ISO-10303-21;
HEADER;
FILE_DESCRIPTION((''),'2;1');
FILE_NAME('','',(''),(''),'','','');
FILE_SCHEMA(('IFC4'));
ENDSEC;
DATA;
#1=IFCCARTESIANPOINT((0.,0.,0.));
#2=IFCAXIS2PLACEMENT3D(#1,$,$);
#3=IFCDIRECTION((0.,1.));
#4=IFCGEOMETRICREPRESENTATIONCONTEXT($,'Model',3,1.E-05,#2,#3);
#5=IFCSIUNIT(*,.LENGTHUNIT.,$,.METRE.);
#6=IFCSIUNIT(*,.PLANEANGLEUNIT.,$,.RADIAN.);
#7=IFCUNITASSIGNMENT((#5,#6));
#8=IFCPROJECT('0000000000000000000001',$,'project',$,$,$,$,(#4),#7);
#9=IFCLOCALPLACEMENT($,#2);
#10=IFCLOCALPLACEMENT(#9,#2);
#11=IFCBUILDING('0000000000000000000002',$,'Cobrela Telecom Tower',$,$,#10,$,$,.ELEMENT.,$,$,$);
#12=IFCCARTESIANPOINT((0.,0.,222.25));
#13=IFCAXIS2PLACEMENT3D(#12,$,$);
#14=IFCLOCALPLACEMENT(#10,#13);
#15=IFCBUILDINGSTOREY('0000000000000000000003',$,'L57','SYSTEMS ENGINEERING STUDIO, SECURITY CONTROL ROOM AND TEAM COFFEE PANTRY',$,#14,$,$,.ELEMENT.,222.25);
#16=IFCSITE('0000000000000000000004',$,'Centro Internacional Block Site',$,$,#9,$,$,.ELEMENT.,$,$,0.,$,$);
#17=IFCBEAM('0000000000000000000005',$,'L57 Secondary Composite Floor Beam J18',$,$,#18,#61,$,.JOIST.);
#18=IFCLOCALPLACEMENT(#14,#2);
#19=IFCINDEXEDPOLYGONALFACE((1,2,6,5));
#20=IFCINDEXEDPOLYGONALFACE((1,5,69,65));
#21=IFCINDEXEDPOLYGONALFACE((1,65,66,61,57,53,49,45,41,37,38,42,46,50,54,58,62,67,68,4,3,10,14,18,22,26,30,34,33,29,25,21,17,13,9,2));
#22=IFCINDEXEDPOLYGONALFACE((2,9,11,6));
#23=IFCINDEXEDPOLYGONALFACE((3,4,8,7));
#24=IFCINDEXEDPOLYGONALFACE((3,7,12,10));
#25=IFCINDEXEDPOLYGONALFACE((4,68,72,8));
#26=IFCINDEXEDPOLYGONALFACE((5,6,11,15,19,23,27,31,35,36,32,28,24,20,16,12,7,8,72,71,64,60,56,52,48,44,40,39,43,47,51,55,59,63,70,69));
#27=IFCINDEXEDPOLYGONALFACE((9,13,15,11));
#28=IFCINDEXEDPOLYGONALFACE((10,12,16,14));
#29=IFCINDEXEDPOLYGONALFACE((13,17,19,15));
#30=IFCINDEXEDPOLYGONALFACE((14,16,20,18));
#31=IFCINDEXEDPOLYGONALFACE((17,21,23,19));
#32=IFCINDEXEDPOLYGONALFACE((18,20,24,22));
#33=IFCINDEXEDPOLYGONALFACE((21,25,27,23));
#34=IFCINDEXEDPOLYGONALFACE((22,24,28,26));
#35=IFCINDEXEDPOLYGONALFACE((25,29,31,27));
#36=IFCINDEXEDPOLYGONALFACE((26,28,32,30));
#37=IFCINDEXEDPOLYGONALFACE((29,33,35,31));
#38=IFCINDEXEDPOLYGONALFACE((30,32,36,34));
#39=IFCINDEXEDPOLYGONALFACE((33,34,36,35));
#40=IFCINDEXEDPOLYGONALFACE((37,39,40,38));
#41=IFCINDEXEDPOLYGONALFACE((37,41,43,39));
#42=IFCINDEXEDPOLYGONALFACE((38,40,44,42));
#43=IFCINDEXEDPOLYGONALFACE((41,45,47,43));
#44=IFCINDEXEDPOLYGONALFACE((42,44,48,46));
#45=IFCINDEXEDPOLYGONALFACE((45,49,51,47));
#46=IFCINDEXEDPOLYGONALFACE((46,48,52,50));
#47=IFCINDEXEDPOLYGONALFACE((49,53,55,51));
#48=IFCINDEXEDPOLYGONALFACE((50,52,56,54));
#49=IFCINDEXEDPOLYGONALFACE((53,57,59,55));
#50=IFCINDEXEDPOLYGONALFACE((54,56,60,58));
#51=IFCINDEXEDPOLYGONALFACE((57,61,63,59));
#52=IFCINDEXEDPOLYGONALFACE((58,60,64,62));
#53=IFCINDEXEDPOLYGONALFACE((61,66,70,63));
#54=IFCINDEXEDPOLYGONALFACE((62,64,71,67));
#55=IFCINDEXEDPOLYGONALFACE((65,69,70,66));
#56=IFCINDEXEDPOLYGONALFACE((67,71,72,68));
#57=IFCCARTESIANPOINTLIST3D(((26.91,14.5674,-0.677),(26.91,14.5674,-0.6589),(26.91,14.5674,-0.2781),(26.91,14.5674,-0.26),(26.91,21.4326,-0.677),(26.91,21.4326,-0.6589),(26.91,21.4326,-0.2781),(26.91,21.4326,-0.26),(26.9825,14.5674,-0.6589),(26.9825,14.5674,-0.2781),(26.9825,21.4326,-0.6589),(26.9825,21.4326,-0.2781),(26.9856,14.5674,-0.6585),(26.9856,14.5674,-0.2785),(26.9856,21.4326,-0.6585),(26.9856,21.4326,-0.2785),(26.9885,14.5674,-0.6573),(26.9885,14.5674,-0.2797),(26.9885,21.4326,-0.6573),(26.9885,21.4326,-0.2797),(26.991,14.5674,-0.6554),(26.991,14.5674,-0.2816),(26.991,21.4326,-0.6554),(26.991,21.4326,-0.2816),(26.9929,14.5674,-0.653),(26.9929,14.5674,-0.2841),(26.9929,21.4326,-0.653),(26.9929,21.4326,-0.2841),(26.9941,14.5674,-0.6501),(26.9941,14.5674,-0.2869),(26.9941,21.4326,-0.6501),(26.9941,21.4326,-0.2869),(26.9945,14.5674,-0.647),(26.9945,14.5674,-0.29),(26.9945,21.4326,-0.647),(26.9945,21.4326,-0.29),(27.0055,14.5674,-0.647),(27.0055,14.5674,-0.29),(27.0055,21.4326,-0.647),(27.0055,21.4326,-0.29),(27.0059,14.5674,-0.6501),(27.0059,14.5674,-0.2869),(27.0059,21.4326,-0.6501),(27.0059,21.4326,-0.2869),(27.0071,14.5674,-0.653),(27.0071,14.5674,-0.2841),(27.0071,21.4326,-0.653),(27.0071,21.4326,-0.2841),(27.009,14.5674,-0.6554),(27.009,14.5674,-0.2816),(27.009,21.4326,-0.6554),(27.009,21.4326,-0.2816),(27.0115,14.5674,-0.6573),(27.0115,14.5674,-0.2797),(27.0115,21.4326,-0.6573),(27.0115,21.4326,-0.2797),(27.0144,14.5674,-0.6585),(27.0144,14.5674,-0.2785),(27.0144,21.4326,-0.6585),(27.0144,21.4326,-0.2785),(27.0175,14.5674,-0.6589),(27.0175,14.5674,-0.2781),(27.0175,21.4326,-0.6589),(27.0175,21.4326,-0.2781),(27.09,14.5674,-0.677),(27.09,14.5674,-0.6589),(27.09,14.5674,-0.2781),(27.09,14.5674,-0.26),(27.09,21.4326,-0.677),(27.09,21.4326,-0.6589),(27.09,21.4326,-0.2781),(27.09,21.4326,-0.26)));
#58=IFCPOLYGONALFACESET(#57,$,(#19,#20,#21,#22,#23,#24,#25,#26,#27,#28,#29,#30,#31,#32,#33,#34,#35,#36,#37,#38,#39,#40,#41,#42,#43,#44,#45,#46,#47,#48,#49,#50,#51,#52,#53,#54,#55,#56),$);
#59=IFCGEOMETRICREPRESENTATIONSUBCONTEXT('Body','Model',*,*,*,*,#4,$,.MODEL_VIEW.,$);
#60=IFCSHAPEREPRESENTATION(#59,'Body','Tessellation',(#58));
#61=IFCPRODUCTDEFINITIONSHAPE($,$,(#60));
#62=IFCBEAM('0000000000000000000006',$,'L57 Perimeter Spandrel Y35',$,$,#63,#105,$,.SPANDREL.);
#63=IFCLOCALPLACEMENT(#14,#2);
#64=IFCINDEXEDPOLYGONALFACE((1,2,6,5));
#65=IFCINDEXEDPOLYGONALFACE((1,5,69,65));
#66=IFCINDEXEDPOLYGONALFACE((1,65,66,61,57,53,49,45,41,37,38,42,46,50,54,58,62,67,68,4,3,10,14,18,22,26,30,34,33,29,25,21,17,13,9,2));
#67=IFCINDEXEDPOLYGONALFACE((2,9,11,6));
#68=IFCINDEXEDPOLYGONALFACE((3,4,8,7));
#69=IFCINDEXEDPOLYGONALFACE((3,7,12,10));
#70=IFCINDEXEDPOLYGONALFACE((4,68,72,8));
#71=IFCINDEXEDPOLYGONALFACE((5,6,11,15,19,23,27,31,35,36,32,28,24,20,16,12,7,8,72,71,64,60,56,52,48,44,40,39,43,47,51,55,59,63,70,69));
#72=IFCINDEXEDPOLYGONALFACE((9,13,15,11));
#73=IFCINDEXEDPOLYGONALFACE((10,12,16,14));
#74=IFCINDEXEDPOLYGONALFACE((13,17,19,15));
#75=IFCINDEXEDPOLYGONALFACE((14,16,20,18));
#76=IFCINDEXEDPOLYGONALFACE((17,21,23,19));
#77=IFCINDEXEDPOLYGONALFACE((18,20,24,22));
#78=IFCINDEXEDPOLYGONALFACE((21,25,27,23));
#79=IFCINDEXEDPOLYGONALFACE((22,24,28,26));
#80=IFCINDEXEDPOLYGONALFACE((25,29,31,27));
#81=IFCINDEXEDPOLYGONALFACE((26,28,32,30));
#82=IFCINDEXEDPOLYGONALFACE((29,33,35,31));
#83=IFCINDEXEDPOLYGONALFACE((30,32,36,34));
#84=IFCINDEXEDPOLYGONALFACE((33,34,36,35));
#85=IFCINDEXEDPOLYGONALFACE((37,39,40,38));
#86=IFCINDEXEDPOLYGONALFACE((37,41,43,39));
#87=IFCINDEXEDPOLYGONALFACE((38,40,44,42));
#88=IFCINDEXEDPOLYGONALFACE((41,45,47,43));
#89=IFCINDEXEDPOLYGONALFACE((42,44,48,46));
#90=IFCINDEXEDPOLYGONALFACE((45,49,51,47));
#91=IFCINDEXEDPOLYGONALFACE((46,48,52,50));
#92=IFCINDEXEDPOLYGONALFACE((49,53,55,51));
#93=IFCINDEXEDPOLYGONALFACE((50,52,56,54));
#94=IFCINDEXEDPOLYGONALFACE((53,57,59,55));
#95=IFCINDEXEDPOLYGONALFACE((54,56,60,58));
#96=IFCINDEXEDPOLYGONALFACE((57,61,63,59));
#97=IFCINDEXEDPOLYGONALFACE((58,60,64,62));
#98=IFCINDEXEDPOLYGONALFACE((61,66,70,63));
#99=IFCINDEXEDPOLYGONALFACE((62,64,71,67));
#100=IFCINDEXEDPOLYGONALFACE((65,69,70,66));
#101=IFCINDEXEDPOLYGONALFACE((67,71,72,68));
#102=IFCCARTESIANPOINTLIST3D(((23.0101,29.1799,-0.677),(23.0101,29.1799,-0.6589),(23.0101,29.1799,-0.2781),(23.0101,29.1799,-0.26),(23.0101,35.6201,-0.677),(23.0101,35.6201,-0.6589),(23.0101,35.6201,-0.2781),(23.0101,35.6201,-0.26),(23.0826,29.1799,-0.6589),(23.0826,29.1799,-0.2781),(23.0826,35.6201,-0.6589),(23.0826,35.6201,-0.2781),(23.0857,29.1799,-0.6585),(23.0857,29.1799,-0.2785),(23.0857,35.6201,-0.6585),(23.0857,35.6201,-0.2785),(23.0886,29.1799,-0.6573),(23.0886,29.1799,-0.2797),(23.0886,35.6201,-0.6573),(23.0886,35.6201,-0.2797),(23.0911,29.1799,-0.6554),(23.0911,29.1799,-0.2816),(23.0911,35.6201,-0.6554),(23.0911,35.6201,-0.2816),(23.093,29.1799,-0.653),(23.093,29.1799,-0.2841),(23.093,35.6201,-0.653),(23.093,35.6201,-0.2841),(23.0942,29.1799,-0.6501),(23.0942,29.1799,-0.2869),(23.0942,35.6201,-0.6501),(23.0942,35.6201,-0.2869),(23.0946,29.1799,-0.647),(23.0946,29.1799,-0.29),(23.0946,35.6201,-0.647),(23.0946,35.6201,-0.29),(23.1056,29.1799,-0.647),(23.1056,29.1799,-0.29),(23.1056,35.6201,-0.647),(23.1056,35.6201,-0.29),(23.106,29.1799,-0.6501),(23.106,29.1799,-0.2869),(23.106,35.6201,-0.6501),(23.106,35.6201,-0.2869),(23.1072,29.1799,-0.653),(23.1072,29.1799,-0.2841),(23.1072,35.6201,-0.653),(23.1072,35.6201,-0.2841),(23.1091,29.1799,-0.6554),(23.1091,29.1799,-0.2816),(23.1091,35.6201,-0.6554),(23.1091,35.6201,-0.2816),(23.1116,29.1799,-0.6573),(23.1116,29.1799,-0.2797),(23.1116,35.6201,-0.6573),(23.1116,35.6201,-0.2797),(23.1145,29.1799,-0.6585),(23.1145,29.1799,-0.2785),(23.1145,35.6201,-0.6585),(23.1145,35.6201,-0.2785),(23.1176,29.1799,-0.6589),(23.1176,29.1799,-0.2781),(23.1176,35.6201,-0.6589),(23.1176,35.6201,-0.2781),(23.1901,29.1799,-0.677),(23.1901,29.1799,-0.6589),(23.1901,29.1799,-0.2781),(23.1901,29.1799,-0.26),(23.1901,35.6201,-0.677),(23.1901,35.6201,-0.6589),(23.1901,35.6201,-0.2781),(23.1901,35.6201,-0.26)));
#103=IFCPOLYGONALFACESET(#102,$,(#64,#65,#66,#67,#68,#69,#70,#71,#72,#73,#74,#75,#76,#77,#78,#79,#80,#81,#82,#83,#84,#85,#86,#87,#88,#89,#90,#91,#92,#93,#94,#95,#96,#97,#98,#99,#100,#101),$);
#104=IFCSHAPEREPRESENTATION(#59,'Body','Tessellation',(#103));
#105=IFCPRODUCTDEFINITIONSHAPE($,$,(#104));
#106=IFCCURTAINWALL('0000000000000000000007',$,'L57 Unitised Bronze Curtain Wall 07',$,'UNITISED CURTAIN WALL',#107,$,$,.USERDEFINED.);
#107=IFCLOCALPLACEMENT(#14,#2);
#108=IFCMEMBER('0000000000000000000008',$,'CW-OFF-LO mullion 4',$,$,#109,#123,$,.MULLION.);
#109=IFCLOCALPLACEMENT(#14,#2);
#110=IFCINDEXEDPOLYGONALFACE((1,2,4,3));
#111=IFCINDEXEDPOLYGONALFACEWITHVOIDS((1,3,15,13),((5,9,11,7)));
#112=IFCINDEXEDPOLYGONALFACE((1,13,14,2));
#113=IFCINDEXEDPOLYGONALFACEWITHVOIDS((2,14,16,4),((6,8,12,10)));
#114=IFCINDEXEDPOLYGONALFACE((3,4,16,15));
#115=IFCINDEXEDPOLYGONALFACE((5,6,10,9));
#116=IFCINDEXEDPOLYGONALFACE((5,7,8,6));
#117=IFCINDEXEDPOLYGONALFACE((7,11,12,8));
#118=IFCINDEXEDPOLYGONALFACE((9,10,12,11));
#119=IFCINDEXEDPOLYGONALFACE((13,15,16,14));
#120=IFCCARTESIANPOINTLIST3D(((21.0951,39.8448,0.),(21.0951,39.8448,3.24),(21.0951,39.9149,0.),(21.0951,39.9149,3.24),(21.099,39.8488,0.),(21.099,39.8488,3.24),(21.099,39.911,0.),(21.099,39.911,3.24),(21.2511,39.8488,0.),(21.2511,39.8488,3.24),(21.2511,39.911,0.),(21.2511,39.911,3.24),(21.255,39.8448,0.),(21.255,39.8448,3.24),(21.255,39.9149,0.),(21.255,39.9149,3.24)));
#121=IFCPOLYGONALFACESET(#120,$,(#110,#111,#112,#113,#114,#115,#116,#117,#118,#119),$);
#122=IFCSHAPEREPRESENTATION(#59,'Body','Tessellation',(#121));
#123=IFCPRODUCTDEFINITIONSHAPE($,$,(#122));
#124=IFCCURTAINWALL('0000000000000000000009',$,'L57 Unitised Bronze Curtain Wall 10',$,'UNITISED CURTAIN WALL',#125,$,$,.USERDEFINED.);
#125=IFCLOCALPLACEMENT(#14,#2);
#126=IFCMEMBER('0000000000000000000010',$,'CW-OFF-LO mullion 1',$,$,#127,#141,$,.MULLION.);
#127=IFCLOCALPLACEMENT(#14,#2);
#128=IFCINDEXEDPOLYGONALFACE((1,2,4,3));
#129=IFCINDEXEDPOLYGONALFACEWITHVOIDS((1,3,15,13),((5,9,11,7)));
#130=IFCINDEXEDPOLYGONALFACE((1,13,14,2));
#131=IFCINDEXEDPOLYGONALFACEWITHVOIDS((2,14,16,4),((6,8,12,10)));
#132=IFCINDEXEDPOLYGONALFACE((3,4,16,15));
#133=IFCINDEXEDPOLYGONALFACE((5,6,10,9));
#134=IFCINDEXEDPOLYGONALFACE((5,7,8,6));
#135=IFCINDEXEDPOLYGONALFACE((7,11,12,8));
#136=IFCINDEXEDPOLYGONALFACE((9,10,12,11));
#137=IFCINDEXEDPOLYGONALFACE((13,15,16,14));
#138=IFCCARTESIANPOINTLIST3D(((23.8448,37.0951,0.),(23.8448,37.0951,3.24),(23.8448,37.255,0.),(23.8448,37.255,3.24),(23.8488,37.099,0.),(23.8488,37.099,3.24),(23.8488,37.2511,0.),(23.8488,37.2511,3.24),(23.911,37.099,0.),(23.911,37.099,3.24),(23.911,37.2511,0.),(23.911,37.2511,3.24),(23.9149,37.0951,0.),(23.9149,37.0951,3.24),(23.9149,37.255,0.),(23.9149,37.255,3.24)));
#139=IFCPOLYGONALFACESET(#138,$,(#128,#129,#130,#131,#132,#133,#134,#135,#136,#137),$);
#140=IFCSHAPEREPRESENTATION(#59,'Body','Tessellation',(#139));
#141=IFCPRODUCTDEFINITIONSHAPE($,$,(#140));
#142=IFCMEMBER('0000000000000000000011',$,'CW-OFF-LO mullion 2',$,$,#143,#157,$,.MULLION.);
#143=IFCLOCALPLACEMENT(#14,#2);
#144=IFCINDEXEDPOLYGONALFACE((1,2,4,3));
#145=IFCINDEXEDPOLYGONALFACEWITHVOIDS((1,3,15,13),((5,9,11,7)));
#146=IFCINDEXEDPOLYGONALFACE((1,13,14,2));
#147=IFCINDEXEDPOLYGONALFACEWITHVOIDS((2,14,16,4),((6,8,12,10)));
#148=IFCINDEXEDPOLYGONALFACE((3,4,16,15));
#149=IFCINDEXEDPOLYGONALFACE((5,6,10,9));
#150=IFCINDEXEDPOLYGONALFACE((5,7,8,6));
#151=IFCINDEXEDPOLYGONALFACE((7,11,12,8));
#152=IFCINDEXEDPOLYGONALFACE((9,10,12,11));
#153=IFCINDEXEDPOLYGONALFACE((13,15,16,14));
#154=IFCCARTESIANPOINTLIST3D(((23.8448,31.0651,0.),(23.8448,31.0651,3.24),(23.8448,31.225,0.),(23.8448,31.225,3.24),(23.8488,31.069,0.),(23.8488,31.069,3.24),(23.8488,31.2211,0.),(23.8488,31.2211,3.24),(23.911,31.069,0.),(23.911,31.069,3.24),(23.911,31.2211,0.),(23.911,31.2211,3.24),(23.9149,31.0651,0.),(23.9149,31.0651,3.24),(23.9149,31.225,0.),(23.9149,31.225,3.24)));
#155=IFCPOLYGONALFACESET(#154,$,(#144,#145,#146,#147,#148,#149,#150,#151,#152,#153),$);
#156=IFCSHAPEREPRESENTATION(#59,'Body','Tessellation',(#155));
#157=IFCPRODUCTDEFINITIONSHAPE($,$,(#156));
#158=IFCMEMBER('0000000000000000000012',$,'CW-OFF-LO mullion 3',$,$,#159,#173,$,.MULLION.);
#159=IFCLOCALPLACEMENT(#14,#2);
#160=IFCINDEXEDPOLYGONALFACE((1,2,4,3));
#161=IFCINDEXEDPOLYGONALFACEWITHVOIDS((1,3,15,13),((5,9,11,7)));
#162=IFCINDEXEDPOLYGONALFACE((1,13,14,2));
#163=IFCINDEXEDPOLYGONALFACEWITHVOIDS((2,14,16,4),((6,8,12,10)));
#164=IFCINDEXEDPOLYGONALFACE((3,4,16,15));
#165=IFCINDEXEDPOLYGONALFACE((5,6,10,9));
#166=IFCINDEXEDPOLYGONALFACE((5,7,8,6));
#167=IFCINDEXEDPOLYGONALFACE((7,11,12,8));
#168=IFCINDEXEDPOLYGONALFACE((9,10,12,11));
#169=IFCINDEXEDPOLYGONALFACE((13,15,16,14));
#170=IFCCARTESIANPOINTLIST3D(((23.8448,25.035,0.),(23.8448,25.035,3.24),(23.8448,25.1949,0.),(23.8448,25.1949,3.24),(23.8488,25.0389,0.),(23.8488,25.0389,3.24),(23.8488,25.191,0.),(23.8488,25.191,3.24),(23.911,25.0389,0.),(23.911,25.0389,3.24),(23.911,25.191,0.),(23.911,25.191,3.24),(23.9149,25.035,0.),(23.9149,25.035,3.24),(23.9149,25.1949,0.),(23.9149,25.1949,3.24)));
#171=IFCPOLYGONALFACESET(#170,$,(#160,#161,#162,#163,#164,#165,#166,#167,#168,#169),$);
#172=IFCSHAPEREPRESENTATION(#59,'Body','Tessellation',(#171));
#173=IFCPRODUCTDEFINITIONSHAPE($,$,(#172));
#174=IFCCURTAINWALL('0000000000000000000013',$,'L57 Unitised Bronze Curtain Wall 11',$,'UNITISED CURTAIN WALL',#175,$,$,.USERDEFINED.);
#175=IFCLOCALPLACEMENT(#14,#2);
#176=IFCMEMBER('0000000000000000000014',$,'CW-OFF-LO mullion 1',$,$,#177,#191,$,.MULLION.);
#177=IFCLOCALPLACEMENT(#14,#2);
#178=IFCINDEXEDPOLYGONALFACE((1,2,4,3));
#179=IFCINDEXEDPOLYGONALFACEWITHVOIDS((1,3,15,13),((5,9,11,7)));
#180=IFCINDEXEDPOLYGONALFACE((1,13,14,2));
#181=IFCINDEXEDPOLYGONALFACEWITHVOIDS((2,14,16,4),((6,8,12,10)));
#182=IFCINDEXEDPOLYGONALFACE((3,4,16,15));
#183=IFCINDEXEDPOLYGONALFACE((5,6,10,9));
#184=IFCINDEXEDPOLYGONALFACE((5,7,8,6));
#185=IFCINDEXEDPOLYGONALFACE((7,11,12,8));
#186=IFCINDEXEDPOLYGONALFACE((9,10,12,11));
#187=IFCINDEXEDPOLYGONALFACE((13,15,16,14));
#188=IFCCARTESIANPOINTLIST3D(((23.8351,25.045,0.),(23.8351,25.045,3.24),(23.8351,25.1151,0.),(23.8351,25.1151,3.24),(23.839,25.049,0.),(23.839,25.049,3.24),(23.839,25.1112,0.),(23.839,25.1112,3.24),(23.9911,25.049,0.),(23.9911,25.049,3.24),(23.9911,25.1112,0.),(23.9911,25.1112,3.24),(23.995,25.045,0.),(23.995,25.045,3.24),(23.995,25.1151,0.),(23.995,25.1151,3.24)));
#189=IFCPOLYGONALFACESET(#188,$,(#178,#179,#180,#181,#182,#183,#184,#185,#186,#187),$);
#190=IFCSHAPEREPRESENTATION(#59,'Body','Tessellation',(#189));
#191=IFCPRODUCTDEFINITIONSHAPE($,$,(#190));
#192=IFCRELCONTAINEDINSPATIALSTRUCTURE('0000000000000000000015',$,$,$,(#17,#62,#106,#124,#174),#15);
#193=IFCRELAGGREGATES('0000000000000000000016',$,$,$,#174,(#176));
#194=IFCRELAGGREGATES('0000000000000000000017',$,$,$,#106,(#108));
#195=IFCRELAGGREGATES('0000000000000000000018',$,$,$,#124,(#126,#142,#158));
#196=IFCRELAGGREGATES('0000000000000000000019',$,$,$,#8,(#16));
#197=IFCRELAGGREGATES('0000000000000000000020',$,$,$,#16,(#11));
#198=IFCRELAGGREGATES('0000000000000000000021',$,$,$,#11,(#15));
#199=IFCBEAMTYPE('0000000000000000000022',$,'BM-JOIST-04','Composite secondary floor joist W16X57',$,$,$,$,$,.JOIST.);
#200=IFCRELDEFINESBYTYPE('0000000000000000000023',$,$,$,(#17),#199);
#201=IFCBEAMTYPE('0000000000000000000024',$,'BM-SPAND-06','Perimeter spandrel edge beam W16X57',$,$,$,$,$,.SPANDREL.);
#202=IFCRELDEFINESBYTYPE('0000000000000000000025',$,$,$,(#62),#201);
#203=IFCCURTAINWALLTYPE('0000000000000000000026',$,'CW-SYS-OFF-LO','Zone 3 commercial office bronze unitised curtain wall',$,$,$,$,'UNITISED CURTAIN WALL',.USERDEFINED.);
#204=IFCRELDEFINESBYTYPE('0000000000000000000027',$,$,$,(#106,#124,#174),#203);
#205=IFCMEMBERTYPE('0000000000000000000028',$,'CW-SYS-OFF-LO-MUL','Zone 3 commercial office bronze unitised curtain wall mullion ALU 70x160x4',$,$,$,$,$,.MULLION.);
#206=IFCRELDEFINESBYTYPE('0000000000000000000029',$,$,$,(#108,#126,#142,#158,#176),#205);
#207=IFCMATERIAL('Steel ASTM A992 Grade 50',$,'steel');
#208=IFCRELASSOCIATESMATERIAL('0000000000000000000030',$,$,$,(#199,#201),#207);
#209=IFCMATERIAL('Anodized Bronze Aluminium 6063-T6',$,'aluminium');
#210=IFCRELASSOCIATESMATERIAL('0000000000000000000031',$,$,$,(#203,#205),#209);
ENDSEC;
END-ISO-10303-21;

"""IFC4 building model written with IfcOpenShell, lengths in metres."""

from ifc_helpers import new_model, si_unit, direction, frame, origin, origin_2d, place, context, subcontext, project, spatial, hollow_rectangle, i_section, extrude, material, material_profile, profile_set, type_object, element, aggregate, save


model = new_model("IFC4")

# Units and contexts
model_context = context("Model", 3, precision=1e-05, world=origin(), true_north=direction((0.0, 1.0)))
body_context = subcontext(model_context, "Body", "Model", "MODEL_VIEW")
ifc_project = project(units=[si_unit("LENGTHUNIT", "METRE"), si_unit("PLANEANGLEUNIT", "RADIAN")], contexts=[model_context])

# Site, building, storey
site_placement = place(None, origin())
site = spatial("IfcSite", under=ifc_project, at=site_placement, Name="Centro Internacional Block Site", CompositionType="ELEMENT", RefElevation=0.0)
building_placement = place(site_placement, origin())
building = spatial("IfcBuilding", under=site, at=building_placement, Name="Cobrela Telecom Tower", CompositionType="ELEMENT")
storey_placement = place(building_placement, frame((0.0, 0.0, 222.25)))
storey = spatial("IfcBuildingStorey", under=building, at=storey_placement, Name="L57", Description="SYSTEMS ENGINEERING STUDIO, SECURITY CONTROL ROOM AND TEAM COFFEE PANTRY", CompositionType="ELEMENT", Elevation=222.25)

# Shared definitions
ifc_material_1 = material(Name="Steel ASTM A992 Grade 50", Category="steel")

# Beams
ifc_material_profile_1 = material_profile(ifc_material_1, i_section(OverallWidth=0.1799, OverallDepth=0.417, WebThickness=0.011, FlangeThickness=0.0181, FilletRadius=0.012, at=origin_2d()), Name="W16X57")
ifc_profile_set_1 = profile_set([ifc_material_profile_1], Name="Steel ASTM A992 Grade 50")
beam_type_1 = type_object("IfcBeamType", Name="BM-JOIST-04", Description="Composite secondary floor joist W16X57", PredefinedType="JOIST", material=ifc_profile_set_1)
for number, where, z_axis, x_axis, name in (
    (1, (27.0, 14.5674, -0.4685), (0.0, 1.0, 0.0), (-1.0, 0.0, 0.0), "L57 Secondary Composite Floor Beam J18"),
):
    element("IfcBeam", number, at=place(storey_placement, frame(where, z_axis=z_axis, x_axis=x_axis)), inside=storey, type_object=beam_type_1, Name=name, PredefinedType="JOIST", context=body_context, shape_type="SweptSolid", body=[
        extrude(i_section(OverallWidth=0.1799, OverallDepth=0.417, WebThickness=0.011, FlangeThickness=0.0181, FilletRadius=0.012, at=origin_2d()), origin(), (0.0, 0.0, 1.0), 6.8652),
    ])
ifc_material_profile_2 = material_profile(ifc_material_1, i_section(OverallWidth=0.1799, OverallDepth=0.417, WebThickness=0.011, FlangeThickness=0.0181, FilletRadius=0.012, at=origin_2d()), Name="W16X57")
ifc_profile_set_2 = profile_set([ifc_material_profile_2], Name="Steel ASTM A992 Grade 50")
beam_type_2 = type_object("IfcBeamType", Name="BM-SPAND-06", Description="Perimeter spandrel edge beam W16X57", PredefinedType="SPANDREL", material=ifc_profile_set_2)
beam_1_placement = place(storey_placement, frame((23.1001, 29.1799, -0.4685), z_axis=(0.0, 1.0, 0.0), x_axis=(-1.0, 0.0, 0.0)))
element("IfcBeam", 2, at=beam_1_placement, inside=storey, type_object=beam_type_2, Name="L57 Perimeter Spandrel Y35", PredefinedType="SPANDREL", context=body_context, shape_type="SweptSolid", body=[
    extrude(i_section(OverallWidth=0.1799, OverallDepth=0.417, WebThickness=0.011, FlangeThickness=0.0181, FilletRadius=0.012, at=origin_2d()), origin(), (0.0, 0.0, 1.0), 6.4402),
])

# Curtain wall, member
ifc_material_2 = material(Name="Anodized Bronze Aluminium 6063-T6", Category="aluminium")
curtain_wall_type = type_object("IfcCurtainWallType", Name="CW-SYS-OFF-LO", Description="Zone 3 commercial office bronze unitised curtain wall", ElementType="UNITISED CURTAIN WALL", PredefinedType="USERDEFINED", material=ifc_material_2)
curtain_wall_1_placement = place(storey_placement, origin())
curtain_wall_1 = element("IfcCurtainWall", 3, at=curtain_wall_1_placement, inside=storey, type_object=curtain_wall_type, Name="L57 Unitised Bronze Curtain Wall 07", ObjectType="UNITISED CURTAIN WALL", PredefinedType="USERDEFINED")
ifc_material_profile_3 = material_profile(ifc_material_2, hollow_rectangle(XDim=0.0701, YDim=0.1599, WallThickness=0.0039, at=origin_2d()), Name="ALU 70x160x4")
ifc_profile_set_3 = profile_set([ifc_material_profile_3], Name="Anodized Bronze Aluminium 6063-T6")
member_type_1 = type_object("IfcMemberType", Name="CW-SYS-OFF-LO-MUL", Description="Zone 3 commercial office bronze unitised curtain wall mullion ALU 70x160x4", PredefinedType="MULLION", material=ifc_profile_set_3)
member_1_placement = place(storey_placement, frame((21.175, 39.8799, 0.0), z_axis=(0.0, 0.0, 1.0), x_axis=(0.0, 1.0, 0.0)))
member_1 = element("IfcMember", 4, at=member_1_placement, type_object=member_type_1, Name="CW-OFF-LO mullion 4", PredefinedType="MULLION", context=body_context, shape_type="SweptSolid", body=[
    extrude(hollow_rectangle(XDim=0.0701, YDim=0.1599, WallThickness=0.0039, at=origin_2d()), origin(), (0.0, 0.0, 1.0), 3.24),
])

# Curtain wall, members
curtain_wall_2_placement = place(storey_placement, origin())
curtain_wall_2 = element("IfcCurtainWall", 5, at=curtain_wall_2_placement, inside=storey, type_object=curtain_wall_type, Name="L57 Unitised Bronze Curtain Wall 10", ObjectType="UNITISED CURTAIN WALL", PredefinedType="USERDEFINED")
member_2_placement = place(storey_placement, frame((23.8799, 37.175, 0.0), z_axis=(0.0, 0.0, 1.0), x_axis=(1.0, 0.0, 0.0)))
member_2 = element("IfcMember", 6, at=member_2_placement, type_object=member_type_1, Name="CW-OFF-LO mullion 1", PredefinedType="MULLION", context=body_context, shape_type="SweptSolid", body=[
    extrude(hollow_rectangle(XDim=0.0701, YDim=0.1599, WallThickness=0.0039, at=origin_2d()), origin(), (0.0, 0.0, 1.0), 3.24),
])
member_3_placement = place(storey_placement, frame((23.8799, 31.145, 0.0), z_axis=(0.0, 0.0, 1.0), x_axis=(1.0, 0.0, 0.0)))
member_3 = element("IfcMember", 7, at=member_3_placement, type_object=member_type_1, Name="CW-OFF-LO mullion 2", PredefinedType="MULLION", context=body_context, shape_type="SweptSolid", body=[
    extrude(hollow_rectangle(XDim=0.0701, YDim=0.1599, WallThickness=0.0039, at=origin_2d()), origin(), (0.0, 0.0, 1.0), 3.24),
])
member_4_placement = place(storey_placement, frame((23.8799, 25.115, 0.0), z_axis=(0.0, 0.0, 1.0), x_axis=(1.0, 0.0, 0.0)))
member_4 = element("IfcMember", 8, at=member_4_placement, type_object=member_type_1, Name="CW-OFF-LO mullion 3", PredefinedType="MULLION", context=body_context, shape_type="SweptSolid", body=[
    extrude(hollow_rectangle(XDim=0.0701, YDim=0.1599, WallThickness=0.0039, at=origin_2d()), origin(), (0.0, 0.0, 1.0), 3.24),
])

# Curtain wall, member
curtain_wall_3_placement = place(storey_placement, origin())
curtain_wall_3 = element("IfcCurtainWall", 9, at=curtain_wall_3_placement, inside=storey, type_object=curtain_wall_type, Name="L57 Unitised Bronze Curtain Wall 11", ObjectType="UNITISED CURTAIN WALL", PredefinedType="USERDEFINED")
member_5_placement = place(storey_placement, frame((23.915, 25.0801, 0.0), z_axis=(0.0, 0.0, 1.0), x_axis=(0.0, 1.0, 0.0)))
member_5 = element("IfcMember", 10, at=member_5_placement, type_object=member_type_1, Name="CW-OFF-LO mullion 1", PredefinedType="MULLION", context=body_context, shape_type="SweptSolid", body=[
    extrude(hollow_rectangle(XDim=0.0701, YDim=0.1599, WallThickness=0.0039, at=origin_2d()), origin(), (0.0, 0.0, 1.0), 3.24),
])

aggregate(curtain_wall_3, [member_5])

aggregate(curtain_wall_1, [member_1])
aggregate(curtain_wall_2, [member_2, member_3, member_4])

save(model, "model.ifc")
